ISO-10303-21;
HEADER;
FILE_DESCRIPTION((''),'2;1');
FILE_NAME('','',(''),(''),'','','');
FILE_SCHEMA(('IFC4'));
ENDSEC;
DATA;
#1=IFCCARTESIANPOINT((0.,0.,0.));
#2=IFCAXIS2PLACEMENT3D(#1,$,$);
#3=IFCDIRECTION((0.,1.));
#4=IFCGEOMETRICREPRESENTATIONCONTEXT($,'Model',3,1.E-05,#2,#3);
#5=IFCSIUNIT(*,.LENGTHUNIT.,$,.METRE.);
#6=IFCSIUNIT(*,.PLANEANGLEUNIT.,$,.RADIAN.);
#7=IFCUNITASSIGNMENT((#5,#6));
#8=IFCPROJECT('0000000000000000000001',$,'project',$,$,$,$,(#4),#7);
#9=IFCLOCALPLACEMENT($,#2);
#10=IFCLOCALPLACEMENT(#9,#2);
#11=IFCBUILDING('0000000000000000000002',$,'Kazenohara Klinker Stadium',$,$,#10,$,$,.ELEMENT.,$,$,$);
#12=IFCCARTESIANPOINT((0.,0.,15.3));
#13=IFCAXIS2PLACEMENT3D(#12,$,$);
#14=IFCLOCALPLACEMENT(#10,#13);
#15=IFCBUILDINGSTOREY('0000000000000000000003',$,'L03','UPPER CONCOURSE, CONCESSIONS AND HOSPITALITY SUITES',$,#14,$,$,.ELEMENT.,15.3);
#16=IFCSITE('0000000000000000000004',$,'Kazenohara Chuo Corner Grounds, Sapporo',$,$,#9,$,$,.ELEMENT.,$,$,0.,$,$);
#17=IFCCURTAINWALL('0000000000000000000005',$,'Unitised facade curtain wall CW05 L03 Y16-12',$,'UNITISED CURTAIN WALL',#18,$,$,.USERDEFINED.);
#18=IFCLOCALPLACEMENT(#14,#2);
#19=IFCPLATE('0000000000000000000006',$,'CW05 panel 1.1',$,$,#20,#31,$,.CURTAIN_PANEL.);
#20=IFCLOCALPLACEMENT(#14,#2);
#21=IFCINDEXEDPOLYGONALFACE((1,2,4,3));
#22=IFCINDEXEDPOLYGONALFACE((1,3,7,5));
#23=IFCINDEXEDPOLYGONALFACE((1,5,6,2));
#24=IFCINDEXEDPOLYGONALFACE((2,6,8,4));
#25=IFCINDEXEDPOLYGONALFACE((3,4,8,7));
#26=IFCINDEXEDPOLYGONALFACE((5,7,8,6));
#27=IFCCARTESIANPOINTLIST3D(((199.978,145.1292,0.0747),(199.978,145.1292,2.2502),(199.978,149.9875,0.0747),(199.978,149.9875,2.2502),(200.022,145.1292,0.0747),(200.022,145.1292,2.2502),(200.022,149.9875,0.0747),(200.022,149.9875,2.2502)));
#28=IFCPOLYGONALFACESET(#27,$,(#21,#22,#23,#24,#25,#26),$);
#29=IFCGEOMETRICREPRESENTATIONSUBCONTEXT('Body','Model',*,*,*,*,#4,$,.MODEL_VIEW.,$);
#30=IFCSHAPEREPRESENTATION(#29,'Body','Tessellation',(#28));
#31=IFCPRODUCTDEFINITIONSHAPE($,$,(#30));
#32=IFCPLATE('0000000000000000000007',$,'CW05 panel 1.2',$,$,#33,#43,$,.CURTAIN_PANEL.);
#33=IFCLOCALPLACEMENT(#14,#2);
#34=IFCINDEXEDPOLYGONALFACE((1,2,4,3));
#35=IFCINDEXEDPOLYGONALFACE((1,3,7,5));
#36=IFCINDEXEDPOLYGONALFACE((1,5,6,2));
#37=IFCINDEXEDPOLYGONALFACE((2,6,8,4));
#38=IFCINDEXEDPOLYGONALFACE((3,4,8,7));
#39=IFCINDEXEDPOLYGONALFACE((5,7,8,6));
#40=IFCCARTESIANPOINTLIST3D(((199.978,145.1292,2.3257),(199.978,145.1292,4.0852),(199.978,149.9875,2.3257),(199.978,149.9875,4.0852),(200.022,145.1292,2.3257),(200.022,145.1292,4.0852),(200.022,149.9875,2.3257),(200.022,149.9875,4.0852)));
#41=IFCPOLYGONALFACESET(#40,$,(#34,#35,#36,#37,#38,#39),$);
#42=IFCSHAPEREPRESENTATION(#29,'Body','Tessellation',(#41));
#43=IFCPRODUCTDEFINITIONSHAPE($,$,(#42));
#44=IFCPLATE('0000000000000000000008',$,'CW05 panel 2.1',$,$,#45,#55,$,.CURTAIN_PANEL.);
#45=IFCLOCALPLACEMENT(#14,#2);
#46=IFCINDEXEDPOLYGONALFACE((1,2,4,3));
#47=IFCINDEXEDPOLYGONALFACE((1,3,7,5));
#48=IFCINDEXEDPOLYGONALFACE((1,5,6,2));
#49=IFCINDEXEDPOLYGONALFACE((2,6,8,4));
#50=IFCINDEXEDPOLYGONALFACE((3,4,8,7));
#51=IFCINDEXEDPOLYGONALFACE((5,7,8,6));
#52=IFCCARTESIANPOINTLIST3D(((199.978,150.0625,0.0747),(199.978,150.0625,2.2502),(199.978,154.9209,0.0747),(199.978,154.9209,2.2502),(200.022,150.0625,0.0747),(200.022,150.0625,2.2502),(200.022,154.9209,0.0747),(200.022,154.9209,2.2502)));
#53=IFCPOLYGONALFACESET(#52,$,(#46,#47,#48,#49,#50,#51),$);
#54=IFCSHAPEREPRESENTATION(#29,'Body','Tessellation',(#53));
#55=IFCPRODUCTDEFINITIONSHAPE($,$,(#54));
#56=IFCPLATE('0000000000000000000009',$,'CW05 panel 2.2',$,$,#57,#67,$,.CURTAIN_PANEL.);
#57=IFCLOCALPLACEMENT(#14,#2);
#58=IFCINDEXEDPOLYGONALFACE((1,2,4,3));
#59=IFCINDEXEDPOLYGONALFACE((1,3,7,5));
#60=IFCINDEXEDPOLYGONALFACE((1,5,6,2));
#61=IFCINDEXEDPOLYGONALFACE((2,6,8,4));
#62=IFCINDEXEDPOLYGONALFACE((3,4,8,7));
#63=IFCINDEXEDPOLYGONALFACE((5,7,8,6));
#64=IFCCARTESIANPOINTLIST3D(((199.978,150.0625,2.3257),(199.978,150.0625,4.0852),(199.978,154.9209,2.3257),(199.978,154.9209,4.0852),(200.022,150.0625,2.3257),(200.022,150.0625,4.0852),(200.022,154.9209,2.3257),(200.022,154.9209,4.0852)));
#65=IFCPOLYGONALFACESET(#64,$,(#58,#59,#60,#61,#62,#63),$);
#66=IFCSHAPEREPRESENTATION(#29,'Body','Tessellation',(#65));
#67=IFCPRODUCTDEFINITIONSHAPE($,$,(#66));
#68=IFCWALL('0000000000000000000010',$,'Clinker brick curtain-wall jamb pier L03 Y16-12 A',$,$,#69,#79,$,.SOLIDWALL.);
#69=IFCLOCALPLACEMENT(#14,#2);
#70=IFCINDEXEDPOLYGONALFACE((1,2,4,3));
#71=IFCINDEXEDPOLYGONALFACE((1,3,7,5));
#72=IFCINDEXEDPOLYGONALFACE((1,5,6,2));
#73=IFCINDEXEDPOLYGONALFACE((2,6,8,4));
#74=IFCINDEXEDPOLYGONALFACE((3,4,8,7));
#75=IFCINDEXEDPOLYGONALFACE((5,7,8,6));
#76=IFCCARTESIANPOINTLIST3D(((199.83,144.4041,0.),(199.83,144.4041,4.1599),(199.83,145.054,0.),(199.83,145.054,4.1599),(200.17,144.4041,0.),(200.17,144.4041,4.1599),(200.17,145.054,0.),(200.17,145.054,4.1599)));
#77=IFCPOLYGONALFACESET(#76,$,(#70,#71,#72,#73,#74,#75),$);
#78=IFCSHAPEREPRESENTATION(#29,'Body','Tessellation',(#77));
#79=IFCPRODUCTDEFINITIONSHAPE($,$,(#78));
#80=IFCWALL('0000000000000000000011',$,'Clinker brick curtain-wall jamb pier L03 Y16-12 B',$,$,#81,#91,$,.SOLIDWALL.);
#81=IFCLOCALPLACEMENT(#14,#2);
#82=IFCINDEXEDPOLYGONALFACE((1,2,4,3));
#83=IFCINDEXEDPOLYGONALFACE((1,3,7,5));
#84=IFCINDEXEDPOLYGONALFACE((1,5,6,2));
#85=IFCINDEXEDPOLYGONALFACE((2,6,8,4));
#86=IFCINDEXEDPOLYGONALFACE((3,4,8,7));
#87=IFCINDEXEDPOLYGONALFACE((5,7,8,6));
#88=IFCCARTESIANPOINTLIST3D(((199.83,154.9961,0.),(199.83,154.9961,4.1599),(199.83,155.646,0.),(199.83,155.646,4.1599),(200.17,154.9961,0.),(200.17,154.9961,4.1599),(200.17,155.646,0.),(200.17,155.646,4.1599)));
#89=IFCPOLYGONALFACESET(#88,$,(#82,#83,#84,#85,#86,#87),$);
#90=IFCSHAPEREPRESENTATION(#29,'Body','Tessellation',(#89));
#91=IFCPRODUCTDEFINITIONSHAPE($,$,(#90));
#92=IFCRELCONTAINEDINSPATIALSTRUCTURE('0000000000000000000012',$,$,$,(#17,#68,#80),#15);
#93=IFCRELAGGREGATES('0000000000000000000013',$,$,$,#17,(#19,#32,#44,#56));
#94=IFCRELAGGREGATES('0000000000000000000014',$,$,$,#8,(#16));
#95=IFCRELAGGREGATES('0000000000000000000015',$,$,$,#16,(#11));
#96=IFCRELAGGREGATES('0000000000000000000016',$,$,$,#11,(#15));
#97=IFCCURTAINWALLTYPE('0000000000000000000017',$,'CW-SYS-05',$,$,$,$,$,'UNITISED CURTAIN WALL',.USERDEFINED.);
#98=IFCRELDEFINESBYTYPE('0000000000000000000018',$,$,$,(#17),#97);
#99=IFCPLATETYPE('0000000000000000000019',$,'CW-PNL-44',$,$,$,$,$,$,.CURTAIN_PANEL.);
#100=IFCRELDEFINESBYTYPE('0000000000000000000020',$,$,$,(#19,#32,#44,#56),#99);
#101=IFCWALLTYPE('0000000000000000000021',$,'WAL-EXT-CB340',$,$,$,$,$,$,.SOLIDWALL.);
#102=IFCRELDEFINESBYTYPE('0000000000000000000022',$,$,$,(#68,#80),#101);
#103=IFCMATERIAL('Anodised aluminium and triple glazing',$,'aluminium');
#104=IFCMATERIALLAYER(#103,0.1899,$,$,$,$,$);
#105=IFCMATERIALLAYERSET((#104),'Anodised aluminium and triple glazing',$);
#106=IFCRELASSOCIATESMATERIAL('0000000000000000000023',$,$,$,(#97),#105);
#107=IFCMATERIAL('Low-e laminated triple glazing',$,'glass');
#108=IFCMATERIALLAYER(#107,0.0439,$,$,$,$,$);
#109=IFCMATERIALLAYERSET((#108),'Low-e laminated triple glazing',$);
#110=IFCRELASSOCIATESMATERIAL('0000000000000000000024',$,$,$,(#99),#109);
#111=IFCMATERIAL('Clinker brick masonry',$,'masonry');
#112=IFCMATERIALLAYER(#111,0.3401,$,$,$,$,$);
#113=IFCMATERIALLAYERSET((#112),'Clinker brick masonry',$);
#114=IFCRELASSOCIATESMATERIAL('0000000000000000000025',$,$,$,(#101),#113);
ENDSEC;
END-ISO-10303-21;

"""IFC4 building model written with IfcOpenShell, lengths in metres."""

from ifc_helpers import new_model, si_unit, direction, frame, frame_2d, origin, origin_2d, place, context, subcontext, project, spatial, rectangle, extrude, material, layer, layer_set, type_object, element, aggregate, save


model = new_model("IFC4")

# Units and contexts
model_context = context("Model", 3, precision=1e-05, world=origin(), true_north=direction((0.0, 1.0)))
body_context = subcontext(model_context, "Body", "Model", "MODEL_VIEW")
ifc_project = project(units=[si_unit("LENGTHUNIT", "METRE"), si_unit("PLANEANGLEUNIT", "RADIAN")], contexts=[model_context])

# Site, building, storey
site_placement = place(None, origin())
site = spatial("IfcSite", under=ifc_project, at=site_placement, Name="Kazenohara Chuo Corner Grounds, Sapporo", CompositionType="ELEMENT", RefElevation=0.0)
building_placement = place(site_placement, origin())
building = spatial("IfcBuilding", under=site, at=building_placement, Name="Kazenohara Klinker Stadium", CompositionType="ELEMENT")
storey_placement = place(building_placement, frame((0.0, 0.0, 15.3)))
storey = spatial("IfcBuildingStorey", under=building, at=storey_placement, Name="L03", Description="UPPER CONCOURSE, CONCESSIONS AND HOSPITALITY SUITES", CompositionType="ELEMENT", Elevation=15.3)

# Curtain wall, plates
ifc_material_1 = material(Name="Anodised aluminium and triple glazing", Category="aluminium")
ifc_layer_1 = layer(ifc_material_1, 0.1899)
ifc_layer_set_1 = layer_set([ifc_layer_1], Name="Anodised aluminium and triple glazing")
curtain_wall_type = type_object("IfcCurtainWallType", Name="CW-SYS-05", ElementType="UNITISED CURTAIN WALL", PredefinedType="USERDEFINED", material=ifc_layer_set_1)
curtain_wall_placement = place(storey_placement, origin())
curtain_wall = element("IfcCurtainWall", 1, at=curtain_wall_placement, inside=storey, type_object=curtain_wall_type, Name="Unitised facade curtain wall CW05 L03 Y16-12", ObjectType="UNITISED CURTAIN WALL", PredefinedType="USERDEFINED")
ifc_material_2 = material(Name="Low-e laminated triple glazing", Category="glass")
ifc_layer_2 = layer(ifc_material_2, 0.0439)
ifc_layer_set_2 = layer_set([ifc_layer_2], Name="Low-e laminated triple glazing")
plate_type = type_object("IfcPlateType", Name="CW-PNL-44", PredefinedType="CURTAIN_PANEL", material=ifc_layer_set_2)
plate_1_placement = place(storey_placement, frame((200.0, 147.5583, 0.0747), z_axis=(0.0, 0.0, 1.0), x_axis=(0.0, 1.0, 0.0)))
plate_1 = element("IfcPlate", 2, at=plate_1_placement, type_object=plate_type, Name="CW05 panel 1.1", PredefinedType="CURTAIN_PANEL", context=body_context, shape_type="SweptSolid", body=[
    extrude(rectangle(XDim=4.8584, YDim=0.0439, at=origin_2d()), origin(), (0.0, 0.0, 1.0), 2.1755),
])
plate_2_placement = place(storey_placement, frame((200.0, 147.5583, 2.3257), z_axis=(0.0, 0.0, 1.0), x_axis=(0.0, 1.0, 0.0)))
plate_2 = element("IfcPlate", 3, at=plate_2_placement, type_object=plate_type, Name="CW05 panel 1.2", PredefinedType="CURTAIN_PANEL", context=body_context, shape_type="SweptSolid", body=[
    extrude(rectangle(XDim=4.8584, YDim=0.0439, at=origin_2d()), origin(), (0.0, 0.0, 1.0), 1.7595),
])
plate_3_placement = place(storey_placement, frame((200.0, 152.4917, 0.0747), z_axis=(0.0, 0.0, 1.0), x_axis=(0.0, 1.0, 0.0)))
plate_3 = element("IfcPlate", 4, at=plate_3_placement, type_object=plate_type, Name="CW05 panel 2.1", PredefinedType="CURTAIN_PANEL", context=body_context, shape_type="SweptSolid", body=[
    extrude(rectangle(XDim=4.8584, YDim=0.0439, at=origin_2d()), origin(), (0.0, 0.0, 1.0), 2.1755),
])
plate_4_placement = place(storey_placement, frame((200.0, 152.4917, 2.3257), z_axis=(0.0, 0.0, 1.0), x_axis=(0.0, 1.0, 0.0)))
plate_4 = element("IfcPlate", 5, at=plate_4_placement, type_object=plate_type, Name="CW05 panel 2.2", PredefinedType="CURTAIN_PANEL", context=body_context, shape_type="SweptSolid", body=[
    extrude(rectangle(XDim=4.8584, YDim=0.0439, at=origin_2d()), origin(), (0.0, 0.0, 1.0), 1.7595),
])
aggregate(curtain_wall, [plate_1, plate_2, plate_3, plate_4])

# Walls
ifc_material_3 = material(Name="Clinker brick masonry", Category="masonry")
ifc_layer_3 = layer(ifc_material_3, 0.3401)
ifc_layer_set_3 = layer_set([ifc_layer_3], Name="Clinker brick masonry")
wall_type = type_object("IfcWallType", Name="WAL-EXT-CB340", PredefinedType="SOLIDWALL", material=ifc_layer_set_3)
for number, where, z_axis, x_axis, name in (
    (6, (200.0, 144.4041, 0.0), (0.0, 0.0, 1.0), (0.0, 1.0, 0.0), "Clinker brick curtain-wall jamb pier L03 Y16-12 A"),
    (7, (200.0, 154.9961, 0.0), (0.0, 0.0, 1.0), (0.0, 1.0, 0.0), "Clinker brick curtain-wall jamb pier L03 Y16-12 B"),
):
    element("IfcWall", number, at=place(storey_placement, frame(where, z_axis=z_axis, x_axis=x_axis)), inside=storey, type_object=wall_type, Name=name, PredefinedType="SOLIDWALL", context=body_context, shape_type="SweptSolid", body=[
        extrude(rectangle(XDim=0.6499, YDim=0.3401, at=frame_2d((0.325, 0.0))), origin(), (0.0, 0.0, 1.0), 4.1599),
    ])

save(model, "model.ifc")
